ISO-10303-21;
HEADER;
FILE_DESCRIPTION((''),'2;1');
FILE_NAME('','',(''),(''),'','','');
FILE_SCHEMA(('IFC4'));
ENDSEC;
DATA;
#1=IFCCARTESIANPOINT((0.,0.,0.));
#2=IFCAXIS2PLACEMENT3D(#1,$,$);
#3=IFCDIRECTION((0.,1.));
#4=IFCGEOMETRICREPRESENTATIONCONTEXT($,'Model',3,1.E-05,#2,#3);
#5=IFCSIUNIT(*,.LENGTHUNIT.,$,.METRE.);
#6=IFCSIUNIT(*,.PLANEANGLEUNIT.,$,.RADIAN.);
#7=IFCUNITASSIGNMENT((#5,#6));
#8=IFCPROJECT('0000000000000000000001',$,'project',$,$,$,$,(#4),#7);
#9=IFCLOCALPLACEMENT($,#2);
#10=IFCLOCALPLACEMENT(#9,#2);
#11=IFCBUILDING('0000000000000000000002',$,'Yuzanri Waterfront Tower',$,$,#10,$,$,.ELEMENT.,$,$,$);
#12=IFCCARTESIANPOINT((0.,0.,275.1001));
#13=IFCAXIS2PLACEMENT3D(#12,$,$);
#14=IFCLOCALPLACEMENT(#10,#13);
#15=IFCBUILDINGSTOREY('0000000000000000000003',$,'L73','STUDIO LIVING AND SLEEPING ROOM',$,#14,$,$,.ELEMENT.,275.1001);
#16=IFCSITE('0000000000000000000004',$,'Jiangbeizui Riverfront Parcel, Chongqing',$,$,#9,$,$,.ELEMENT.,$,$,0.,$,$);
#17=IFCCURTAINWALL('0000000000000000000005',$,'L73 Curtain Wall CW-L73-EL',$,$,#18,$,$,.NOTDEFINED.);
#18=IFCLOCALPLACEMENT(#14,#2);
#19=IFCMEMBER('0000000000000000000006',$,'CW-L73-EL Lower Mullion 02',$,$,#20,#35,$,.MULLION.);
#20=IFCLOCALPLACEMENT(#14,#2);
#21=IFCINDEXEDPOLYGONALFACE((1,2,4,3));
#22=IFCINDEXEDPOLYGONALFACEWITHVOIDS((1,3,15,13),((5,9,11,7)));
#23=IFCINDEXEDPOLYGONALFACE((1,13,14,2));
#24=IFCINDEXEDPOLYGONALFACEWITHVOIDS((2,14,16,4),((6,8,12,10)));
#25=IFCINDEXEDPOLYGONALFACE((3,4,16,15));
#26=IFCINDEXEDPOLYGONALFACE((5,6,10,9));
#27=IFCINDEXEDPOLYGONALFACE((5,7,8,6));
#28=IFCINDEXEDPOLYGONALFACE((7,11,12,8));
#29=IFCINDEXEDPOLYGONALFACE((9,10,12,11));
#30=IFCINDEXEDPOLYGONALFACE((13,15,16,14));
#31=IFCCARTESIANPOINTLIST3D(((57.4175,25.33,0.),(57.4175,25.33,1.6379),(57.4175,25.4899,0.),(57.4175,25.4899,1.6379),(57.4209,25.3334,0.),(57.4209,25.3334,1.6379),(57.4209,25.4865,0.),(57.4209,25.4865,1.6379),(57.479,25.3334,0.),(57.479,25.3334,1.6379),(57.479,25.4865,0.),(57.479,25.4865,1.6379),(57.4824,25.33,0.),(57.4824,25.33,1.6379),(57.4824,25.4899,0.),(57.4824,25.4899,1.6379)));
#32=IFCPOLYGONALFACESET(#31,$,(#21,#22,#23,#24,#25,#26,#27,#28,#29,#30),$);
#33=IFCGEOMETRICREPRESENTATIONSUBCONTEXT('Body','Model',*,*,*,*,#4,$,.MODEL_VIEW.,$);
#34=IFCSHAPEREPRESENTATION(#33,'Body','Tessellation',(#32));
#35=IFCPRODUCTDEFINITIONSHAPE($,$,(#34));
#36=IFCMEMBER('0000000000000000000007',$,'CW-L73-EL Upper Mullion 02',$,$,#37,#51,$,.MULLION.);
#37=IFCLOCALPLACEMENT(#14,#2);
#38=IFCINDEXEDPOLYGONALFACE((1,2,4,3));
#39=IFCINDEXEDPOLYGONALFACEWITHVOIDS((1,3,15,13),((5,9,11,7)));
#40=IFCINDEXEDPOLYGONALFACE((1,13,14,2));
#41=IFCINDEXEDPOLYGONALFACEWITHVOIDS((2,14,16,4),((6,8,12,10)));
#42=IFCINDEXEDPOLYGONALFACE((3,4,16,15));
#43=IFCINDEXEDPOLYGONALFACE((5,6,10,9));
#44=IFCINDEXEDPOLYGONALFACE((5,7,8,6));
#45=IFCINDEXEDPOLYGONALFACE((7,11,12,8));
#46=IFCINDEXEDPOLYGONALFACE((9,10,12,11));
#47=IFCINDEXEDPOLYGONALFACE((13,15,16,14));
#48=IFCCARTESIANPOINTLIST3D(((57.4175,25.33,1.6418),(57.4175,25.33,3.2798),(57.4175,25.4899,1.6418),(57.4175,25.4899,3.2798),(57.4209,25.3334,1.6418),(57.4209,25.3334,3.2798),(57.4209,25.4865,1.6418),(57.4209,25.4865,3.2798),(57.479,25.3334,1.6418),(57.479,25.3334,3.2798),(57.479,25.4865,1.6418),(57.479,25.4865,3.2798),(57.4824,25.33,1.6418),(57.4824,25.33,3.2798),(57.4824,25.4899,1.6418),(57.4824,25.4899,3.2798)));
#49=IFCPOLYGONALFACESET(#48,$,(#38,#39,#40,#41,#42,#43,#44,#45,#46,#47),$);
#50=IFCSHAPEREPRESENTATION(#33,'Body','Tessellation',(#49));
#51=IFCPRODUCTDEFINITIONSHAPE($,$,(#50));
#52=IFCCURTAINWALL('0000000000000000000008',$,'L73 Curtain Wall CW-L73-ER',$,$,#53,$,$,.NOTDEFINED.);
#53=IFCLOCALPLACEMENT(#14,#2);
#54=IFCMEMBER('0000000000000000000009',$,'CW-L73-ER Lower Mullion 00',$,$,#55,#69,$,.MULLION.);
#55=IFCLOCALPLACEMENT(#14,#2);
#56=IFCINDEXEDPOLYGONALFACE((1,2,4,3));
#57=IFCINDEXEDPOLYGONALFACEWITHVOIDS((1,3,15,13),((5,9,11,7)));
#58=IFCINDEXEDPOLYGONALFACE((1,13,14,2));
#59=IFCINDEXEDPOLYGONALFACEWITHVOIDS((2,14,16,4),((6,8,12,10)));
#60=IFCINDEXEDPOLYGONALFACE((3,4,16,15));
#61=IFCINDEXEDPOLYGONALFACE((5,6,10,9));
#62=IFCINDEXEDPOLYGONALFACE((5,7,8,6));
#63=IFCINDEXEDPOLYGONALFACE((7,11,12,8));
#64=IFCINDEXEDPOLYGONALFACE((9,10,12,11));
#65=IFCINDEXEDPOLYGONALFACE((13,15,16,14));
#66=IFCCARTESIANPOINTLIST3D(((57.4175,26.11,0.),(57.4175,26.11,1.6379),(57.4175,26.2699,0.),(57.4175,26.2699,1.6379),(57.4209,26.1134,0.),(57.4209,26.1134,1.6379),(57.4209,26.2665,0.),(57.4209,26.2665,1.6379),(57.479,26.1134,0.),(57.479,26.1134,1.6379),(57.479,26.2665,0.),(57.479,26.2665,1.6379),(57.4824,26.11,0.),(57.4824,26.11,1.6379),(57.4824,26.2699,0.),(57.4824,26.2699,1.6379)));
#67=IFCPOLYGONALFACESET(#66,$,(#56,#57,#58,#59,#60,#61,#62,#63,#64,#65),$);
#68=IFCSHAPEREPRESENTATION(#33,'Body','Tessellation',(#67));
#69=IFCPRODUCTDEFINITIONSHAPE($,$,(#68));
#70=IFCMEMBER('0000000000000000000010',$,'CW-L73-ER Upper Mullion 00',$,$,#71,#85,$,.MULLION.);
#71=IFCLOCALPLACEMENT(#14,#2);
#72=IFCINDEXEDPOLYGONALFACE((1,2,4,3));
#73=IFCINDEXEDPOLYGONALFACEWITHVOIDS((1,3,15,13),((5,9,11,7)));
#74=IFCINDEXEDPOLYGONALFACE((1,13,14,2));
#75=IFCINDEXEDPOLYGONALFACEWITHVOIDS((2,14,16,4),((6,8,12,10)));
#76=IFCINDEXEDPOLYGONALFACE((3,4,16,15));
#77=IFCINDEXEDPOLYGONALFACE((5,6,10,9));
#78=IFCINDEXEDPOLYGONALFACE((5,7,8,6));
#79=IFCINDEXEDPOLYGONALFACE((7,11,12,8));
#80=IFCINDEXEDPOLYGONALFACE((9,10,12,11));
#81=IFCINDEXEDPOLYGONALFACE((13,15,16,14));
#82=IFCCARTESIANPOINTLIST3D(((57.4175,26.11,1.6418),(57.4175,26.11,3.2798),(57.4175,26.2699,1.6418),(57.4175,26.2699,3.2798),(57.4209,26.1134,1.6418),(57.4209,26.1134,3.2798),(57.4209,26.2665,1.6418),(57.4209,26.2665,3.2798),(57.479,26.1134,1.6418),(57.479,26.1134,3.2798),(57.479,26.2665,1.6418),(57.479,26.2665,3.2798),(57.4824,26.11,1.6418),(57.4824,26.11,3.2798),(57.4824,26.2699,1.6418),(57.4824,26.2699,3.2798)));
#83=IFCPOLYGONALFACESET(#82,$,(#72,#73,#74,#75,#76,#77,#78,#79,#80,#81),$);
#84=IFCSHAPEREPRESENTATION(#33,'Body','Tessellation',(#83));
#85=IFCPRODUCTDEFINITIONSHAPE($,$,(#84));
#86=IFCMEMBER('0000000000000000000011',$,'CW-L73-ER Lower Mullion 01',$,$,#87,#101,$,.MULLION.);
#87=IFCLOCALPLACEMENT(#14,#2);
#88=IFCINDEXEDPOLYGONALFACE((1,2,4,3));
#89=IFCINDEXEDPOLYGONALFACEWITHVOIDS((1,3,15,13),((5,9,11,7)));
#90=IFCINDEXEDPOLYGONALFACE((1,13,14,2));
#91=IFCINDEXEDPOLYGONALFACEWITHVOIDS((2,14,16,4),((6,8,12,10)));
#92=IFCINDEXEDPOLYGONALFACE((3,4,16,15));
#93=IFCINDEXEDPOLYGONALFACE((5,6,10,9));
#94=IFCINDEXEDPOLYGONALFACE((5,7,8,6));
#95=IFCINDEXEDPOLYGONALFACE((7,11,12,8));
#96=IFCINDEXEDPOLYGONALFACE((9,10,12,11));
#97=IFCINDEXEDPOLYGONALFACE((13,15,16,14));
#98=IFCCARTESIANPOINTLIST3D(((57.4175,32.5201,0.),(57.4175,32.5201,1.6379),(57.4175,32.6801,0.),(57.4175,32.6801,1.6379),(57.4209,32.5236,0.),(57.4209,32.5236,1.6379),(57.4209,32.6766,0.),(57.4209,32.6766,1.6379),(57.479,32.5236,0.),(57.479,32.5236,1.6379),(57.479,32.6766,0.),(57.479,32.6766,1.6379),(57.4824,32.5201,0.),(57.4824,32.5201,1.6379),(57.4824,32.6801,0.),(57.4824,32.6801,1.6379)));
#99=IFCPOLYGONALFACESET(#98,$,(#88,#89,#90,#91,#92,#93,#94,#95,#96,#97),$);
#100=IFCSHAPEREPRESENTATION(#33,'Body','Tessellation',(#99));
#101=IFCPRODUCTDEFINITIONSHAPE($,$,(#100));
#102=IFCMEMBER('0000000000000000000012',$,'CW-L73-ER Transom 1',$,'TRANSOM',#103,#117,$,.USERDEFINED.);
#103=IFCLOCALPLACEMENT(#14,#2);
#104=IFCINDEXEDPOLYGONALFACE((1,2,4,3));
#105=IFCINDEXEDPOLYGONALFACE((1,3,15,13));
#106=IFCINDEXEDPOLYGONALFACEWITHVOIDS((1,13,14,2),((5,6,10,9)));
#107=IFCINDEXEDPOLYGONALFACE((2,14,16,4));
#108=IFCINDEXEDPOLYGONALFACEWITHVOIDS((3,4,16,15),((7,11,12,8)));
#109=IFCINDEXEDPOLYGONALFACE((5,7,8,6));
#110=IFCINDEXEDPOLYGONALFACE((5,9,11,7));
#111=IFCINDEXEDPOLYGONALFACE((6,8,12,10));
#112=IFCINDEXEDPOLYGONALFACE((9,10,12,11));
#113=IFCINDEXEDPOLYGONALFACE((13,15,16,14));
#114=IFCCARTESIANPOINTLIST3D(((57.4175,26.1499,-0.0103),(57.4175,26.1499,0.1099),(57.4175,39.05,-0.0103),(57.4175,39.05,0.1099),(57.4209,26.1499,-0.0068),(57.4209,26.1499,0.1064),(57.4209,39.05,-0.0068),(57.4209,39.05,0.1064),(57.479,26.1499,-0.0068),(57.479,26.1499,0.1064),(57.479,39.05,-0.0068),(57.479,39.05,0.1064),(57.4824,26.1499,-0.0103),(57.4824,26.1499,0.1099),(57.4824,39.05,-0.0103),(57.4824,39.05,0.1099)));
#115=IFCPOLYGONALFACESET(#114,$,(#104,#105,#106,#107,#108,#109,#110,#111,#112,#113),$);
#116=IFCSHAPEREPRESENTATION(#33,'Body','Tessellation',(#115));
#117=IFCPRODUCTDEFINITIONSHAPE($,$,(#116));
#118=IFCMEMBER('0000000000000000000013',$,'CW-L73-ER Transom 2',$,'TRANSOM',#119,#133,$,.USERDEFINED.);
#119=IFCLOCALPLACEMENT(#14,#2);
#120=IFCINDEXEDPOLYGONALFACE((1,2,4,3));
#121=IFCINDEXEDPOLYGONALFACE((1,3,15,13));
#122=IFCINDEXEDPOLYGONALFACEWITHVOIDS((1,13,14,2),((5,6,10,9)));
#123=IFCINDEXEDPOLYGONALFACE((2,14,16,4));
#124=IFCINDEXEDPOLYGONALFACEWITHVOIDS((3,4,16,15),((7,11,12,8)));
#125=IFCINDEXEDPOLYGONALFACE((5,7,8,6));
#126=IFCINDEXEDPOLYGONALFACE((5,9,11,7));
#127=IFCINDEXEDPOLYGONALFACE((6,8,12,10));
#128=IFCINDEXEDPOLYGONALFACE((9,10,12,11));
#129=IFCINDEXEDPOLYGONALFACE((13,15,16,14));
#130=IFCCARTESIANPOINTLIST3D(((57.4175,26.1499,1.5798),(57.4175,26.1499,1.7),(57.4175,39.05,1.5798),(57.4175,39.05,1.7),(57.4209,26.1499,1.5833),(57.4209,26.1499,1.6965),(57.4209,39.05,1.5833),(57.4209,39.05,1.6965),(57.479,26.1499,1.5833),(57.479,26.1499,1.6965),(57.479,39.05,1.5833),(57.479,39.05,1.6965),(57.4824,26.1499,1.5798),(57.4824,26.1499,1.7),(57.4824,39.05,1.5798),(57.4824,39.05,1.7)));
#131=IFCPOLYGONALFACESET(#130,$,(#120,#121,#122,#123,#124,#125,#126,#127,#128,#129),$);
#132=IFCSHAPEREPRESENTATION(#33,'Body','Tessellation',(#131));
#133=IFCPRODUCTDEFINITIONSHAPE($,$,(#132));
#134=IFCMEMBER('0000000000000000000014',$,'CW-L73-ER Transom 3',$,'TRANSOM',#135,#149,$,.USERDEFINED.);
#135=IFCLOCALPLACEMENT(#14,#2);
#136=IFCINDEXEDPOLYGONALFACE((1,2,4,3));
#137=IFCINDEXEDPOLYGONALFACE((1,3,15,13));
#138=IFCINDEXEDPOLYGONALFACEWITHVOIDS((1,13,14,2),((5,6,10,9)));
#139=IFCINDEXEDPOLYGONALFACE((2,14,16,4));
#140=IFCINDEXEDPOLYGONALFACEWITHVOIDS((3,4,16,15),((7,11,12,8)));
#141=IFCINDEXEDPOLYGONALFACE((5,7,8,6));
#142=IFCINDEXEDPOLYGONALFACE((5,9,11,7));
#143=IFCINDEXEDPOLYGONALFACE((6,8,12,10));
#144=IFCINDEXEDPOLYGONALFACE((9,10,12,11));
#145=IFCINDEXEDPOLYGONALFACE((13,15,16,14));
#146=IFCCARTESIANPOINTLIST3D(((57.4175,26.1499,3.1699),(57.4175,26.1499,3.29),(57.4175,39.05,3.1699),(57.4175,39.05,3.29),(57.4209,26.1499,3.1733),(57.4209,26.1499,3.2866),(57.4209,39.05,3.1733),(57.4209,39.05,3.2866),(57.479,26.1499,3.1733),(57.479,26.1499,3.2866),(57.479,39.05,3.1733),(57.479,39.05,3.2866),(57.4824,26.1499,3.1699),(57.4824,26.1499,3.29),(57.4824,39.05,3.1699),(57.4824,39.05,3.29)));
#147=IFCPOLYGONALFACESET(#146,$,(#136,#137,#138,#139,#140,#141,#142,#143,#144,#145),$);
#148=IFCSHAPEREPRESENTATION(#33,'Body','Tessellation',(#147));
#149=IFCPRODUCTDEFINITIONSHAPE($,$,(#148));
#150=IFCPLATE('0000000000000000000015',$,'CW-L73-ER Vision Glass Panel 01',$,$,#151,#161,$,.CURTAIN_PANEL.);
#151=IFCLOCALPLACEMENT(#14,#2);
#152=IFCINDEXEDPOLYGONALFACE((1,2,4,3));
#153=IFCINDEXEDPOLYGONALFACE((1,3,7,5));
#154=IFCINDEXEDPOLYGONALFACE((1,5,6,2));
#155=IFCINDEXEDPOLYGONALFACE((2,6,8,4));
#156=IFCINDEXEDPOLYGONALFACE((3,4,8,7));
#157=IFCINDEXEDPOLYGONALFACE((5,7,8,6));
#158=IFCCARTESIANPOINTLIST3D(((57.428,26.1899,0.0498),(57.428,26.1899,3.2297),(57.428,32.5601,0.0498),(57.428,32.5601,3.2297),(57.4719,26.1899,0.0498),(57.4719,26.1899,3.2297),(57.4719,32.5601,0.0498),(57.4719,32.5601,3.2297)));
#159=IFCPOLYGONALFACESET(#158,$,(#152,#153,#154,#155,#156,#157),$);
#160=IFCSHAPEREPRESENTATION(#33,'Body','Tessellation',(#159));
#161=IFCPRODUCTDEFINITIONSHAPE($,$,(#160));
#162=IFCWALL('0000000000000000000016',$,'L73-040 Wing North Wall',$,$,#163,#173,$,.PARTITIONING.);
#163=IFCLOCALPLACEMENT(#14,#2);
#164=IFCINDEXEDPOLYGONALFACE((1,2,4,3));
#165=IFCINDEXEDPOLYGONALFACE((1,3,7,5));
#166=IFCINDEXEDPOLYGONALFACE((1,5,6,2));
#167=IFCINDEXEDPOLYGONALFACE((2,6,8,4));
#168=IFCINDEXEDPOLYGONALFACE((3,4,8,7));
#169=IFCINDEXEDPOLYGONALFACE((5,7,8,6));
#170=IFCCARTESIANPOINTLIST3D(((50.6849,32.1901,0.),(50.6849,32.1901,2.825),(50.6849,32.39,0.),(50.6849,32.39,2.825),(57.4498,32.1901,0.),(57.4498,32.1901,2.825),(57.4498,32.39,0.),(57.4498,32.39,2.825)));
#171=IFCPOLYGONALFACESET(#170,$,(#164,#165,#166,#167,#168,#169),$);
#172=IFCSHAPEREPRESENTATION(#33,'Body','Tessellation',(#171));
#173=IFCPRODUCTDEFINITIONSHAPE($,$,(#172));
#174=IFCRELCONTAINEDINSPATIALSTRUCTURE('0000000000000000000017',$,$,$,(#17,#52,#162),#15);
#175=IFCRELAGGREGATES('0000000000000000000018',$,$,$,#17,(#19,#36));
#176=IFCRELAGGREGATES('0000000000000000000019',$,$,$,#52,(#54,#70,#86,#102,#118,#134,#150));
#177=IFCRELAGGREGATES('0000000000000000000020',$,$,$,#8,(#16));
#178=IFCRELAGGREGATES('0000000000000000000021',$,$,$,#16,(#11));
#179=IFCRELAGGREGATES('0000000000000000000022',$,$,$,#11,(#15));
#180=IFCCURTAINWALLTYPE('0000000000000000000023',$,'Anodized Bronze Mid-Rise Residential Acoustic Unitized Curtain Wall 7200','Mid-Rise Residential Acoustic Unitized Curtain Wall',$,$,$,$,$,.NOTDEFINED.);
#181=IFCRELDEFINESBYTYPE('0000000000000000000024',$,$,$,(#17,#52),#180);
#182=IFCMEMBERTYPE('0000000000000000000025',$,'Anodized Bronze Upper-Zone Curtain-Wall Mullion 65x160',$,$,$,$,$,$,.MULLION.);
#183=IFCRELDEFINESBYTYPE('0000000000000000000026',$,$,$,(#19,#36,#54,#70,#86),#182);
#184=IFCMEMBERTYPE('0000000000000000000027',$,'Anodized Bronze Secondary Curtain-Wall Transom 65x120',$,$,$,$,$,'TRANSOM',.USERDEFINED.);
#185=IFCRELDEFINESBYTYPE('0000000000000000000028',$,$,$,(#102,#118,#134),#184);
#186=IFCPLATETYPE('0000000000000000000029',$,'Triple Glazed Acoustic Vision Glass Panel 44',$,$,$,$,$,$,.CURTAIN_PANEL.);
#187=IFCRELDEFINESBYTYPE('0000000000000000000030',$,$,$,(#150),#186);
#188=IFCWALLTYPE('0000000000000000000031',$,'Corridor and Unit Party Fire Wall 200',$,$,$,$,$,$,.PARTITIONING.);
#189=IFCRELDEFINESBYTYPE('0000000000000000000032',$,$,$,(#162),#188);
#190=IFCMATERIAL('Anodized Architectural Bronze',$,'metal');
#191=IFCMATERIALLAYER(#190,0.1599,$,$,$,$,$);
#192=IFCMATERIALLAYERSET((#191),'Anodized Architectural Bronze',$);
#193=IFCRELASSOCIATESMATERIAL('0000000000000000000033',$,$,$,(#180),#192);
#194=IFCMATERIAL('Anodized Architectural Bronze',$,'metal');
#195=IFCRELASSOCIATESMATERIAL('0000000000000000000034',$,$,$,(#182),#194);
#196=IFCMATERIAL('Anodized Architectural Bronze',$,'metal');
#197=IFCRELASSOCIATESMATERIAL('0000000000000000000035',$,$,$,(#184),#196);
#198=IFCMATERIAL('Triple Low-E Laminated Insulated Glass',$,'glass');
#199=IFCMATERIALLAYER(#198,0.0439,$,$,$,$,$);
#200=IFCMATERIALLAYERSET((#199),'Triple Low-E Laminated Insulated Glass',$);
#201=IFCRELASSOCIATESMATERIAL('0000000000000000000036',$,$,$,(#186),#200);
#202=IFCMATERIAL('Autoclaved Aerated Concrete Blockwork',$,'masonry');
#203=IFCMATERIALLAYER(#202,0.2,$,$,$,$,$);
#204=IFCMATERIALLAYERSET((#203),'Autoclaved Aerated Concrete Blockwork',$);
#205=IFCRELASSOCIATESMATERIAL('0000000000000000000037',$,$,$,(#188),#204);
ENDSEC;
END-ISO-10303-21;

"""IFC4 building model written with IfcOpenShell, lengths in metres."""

from ifc_helpers import new_model, si_unit, direction, frame, frame_2d, origin, origin_2d, place, context, subcontext, project, spatial, rectangle, hollow_rectangle, extrude, source, transform, mapped, material, layer, layer_set, material_profile, profile_set, type_object, element, aggregate, save


model = new_model("IFC4")

# Units and contexts
model_context = context("Model", 3, precision=1e-05, world=origin(), true_north=direction((0.0, 1.0)))
body_context = subcontext(model_context, "Body", "Model", "MODEL_VIEW")
ifc_project = project(units=[si_unit("LENGTHUNIT", "METRE"), si_unit("PLANEANGLEUNIT", "RADIAN")], contexts=[model_context])

# Site, building, storey
site_placement = place(None, origin())
site = spatial("IfcSite", under=ifc_project, at=site_placement, Name="Jiangbeizui Riverfront Parcel, Chongqing", CompositionType="ELEMENT", RefElevation=0.0)
building_placement = place(site_placement, origin())
building = spatial("IfcBuilding", under=site, at=building_placement, Name="Yuzanri Waterfront Tower", CompositionType="ELEMENT")
storey_placement = place(building_placement, frame((0.0, 0.0, 275.1001)))
storey = spatial("IfcBuildingStorey", under=building, at=storey_placement, Name="L73", Description="STUDIO LIVING AND SLEEPING ROOM", CompositionType="ELEMENT", Elevation=275.1001)

# Curtain wall, members
ifc_material_1 = material(Name="Anodized Architectural Bronze", Category="metal")
ifc_layer_1 = layer(ifc_material_1, 0.1599)
ifc_layer_set_1 = layer_set([ifc_layer_1], Name="Anodized Architectural Bronze")
curtain_wall_type = type_object("IfcCurtainWallType", Name="Anodized Bronze Mid-Rise Residential Acoustic Unitized Curtain Wall 7200", Description="Mid-Rise Residential Acoustic Unitized Curtain Wall", PredefinedType="NOTDEFINED", material=ifc_layer_set_1)
curtain_wall_1_placement = place(storey_placement, origin())
curtain_wall_1 = element("IfcCurtainWall", 1, at=curtain_wall_1_placement, inside=storey, type_object=curtain_wall_type, Name="L73 Curtain Wall CW-L73-EL", PredefinedType="NOTDEFINED")
ifc_material_2 = material(Name="Anodized Architectural Bronze", Category="metal")
ifc_material_profile_1 = material_profile(ifc_material_2, hollow_rectangle(XDim=0.0649, YDim=0.1599, WallThickness=0.0034, at=origin_2d()), Name="CWM 65x160")
ifc_profile_set_1 = profile_set([ifc_material_profile_1], Name="Anodized Architectural Bronze")
member_type_1 = type_object("IfcMemberType", Name="Anodized Bronze Upper-Zone Curtain-Wall Mullion 65x160", PredefinedType="MULLION", material=ifc_profile_set_1)
shared_shape_1 = source(origin(), body_context, "Body", "SweptSolid", [
    extrude(hollow_rectangle(XDim=0.0649, YDim=0.1599, WallThickness=0.0034, at=origin_2d()), origin(), (0.0, 0.0, 1.0), 1.6379),
])
member_1_placement = place(storey_placement, frame((57.45, 25.4099, 0.0), z_axis=(0.0, 0.0, 1.0), x_axis=(1.0, 0.0, 0.0)))
member_1 = element("IfcMember", 2, at=member_1_placement, type_object=member_type_1, Name="CW-L73-EL Lower Mullion 02", PredefinedType="MULLION", context=body_context, shape_type="MappedRepresentation", body=[
    mapped(shared_shape_1, transform((0.0, 0.0, 0.0), scale=1.0)),
])
member_2_placement = place(storey_placement, frame((57.45, 25.4099, 1.6418), z_axis=(0.0, 0.0, 1.0), x_axis=(1.0, 0.0, 0.0)))
member_2 = element("IfcMember", 3, at=member_2_placement, type_object=member_type_1, Name="CW-L73-EL Upper Mullion 02", PredefinedType="MULLION", context=body_context, shape_type="MappedRepresentation", body=[
    mapped(shared_shape_1, transform((0.0, 0.0, 0.0), scale=1.0)),
])
aggregate(curtain_wall_1, [member_1, member_2])

# Curtain wall, members, plate
curtain_wall_2_placement = place(storey_placement, origin())
curtain_wall_2 = element("IfcCurtainWall", 4, at=curtain_wall_2_placement, inside=storey, type_object=curtain_wall_type, Name="L73 Curtain Wall CW-L73-ER", PredefinedType="NOTDEFINED")
member_3_placement = place(storey_placement, frame((57.45, 26.1899, 0.0), z_axis=(0.0, 0.0, 1.0), x_axis=(1.0, 0.0, 0.0)))
member_3 = element("IfcMember", 5, at=member_3_placement, type_object=member_type_1, Name="CW-L73-ER Lower Mullion 00", PredefinedType="MULLION", context=body_context, shape_type="MappedRepresentation", body=[
    mapped(shared_shape_1, transform((0.0, 0.0, 0.0), scale=1.0)),
])
member_4_placement = place(storey_placement, frame((57.45, 26.1899, 1.6418), z_axis=(0.0, 0.0, 1.0), x_axis=(1.0, 0.0, 0.0)))
member_4 = element("IfcMember", 6, at=member_4_placement, type_object=member_type_1, Name="CW-L73-ER Upper Mullion 00", PredefinedType="MULLION", context=body_context, shape_type="MappedRepresentation", body=[
    mapped(shared_shape_1, transform((0.0, 0.0, 0.0), scale=1.0)),
])
member_5_placement = place(storey_placement, frame((57.45, 32.6001, 0.0), z_axis=(0.0, 0.0, 1.0), x_axis=(1.0, 0.0, 0.0)))
member_5 = element("IfcMember", 7, at=member_5_placement, type_object=member_type_1, Name="CW-L73-ER Lower Mullion 01", PredefinedType="MULLION", context=body_context, shape_type="MappedRepresentation", body=[
    mapped(shared_shape_1, transform((0.0, 0.0, 0.0), scale=1.0)),
])
ifc_material_3 = material(Name="Anodized Architectural Bronze", Category="metal")
ifc_material_profile_2 = material_profile(ifc_material_3, hollow_rectangle(XDim=0.0649, YDim=0.1201, WallThickness=0.0034, at=origin_2d()), Name="CWT 65x120")
ifc_profile_set_2 = profile_set([ifc_material_profile_2], Name="Anodized Architectural Bronze")
member_type_2 = type_object("IfcMemberType", Name="Anodized Bronze Secondary Curtain-Wall Transom 65x120", ElementType="TRANSOM", PredefinedType="USERDEFINED", material=ifc_profile_set_2)
shared_shape_2 = source(origin(), body_context, "Body", "SweptSolid", [
    extrude(hollow_rectangle(XDim=0.0649, YDim=0.1201, WallThickness=0.0034, at=origin_2d()), origin(), (0.0, 0.0, 1.0), 12.9001),
])
member_6_placement = place(storey_placement, frame((57.45, 26.1499, 0.0498), z_axis=(0.0, 1.0, 0.0), x_axis=(-1.0, 0.0, 0.0)))
member_6 = element("IfcMember", 8, at=member_6_placement, type_object=member_type_2, Name="CW-L73-ER Transom 1", ObjectType="TRANSOM", PredefinedType="USERDEFINED", context=body_context, shape_type="MappedRepresentation", body=[
    mapped(shared_shape_2, transform((0.0, 0.0, 0.0), scale=1.0)),
])
member_7_placement = place(storey_placement, frame((57.45, 26.1499, 1.6399), z_axis=(0.0, 1.0, 0.0), x_axis=(-1.0, 0.0, 0.0)))
member_7 = element("IfcMember", 9, at=member_7_placement, type_object=member_type_2, Name="CW-L73-ER Transom 2", ObjectType="TRANSOM", PredefinedType="USERDEFINED", context=body_context, shape_type="MappedRepresentation", body=[
    mapped(shared_shape_2, transform((0.0, 0.0, 0.0), scale=1.0)),
])
member_8_placement = place(storey_placement, frame((57.45, 26.1499, 3.23), z_axis=(0.0, 1.0, 0.0), x_axis=(-1.0, 0.0, 0.0)))
member_8 = element("IfcMember", 10, at=member_8_placement, type_object=member_type_2, Name="CW-L73-ER Transom 3", ObjectType="TRANSOM", PredefinedType="USERDEFINED", context=body_context, shape_type="MappedRepresentation", body=[
    mapped(shared_shape_2, transform((0.0, 0.0, 0.0), scale=1.0)),
])
ifc_material_4 = material(Name="Triple Low-E Laminated Insulated Glass", Category="glass")
ifc_layer_2 = layer(ifc_material_4, 0.0439)
ifc_layer_set_2 = layer_set([ifc_layer_2], Name="Triple Low-E Laminated Insulated Glass")
plate_type = type_object("IfcPlateType", Name="Triple Glazed Acoustic Vision Glass Panel 44", PredefinedType="CURTAIN_PANEL", material=ifc_layer_set_2)
shared_shape_3 = source(origin(), body_context, "Body", "SweptSolid", [
    extrude(rectangle(XDim=6.3701, YDim=0.0439, at=origin_2d()), origin(), (0.0, 0.0, 1.0), 3.1799),
])
plate_placement = place(storey_placement, frame((57.45, 29.375, 0.0498), z_axis=(0.0, 0.0, 1.0), x_axis=(0.0, 1.0, 0.0)))
plate = element("IfcPlate", 11, at=plate_placement, type_object=plate_type, Name="CW-L73-ER Vision Glass Panel 01", PredefinedType="CURTAIN_PANEL", context=body_context, shape_type="MappedRepresentation", body=[
    mapped(shared_shape_3, transform((0.0, 0.0, 0.0), scale=1.0)),
])
aggregate(curtain_wall_2, [member_3, member_4, member_5, member_6, member_7, member_8, plate])

# Wall
ifc_material_5 = material(Name="Autoclaved Aerated Concrete Blockwork", Category="masonry")
ifc_layer_3 = layer(ifc_material_5, 0.2)
ifc_layer_set_3 = layer_set([ifc_layer_3], Name="Autoclaved Aerated Concrete Blockwork")
wall_type = type_object("IfcWallType", Name="Corridor and Unit Party Fire Wall 200", PredefinedType="PARTITIONING", material=ifc_layer_set_3)
shared_shape_4 = source(origin(), body_context, "Body", "SweptSolid", [
    extrude(rectangle(XDim=6.7649, YDim=0.2, at=frame_2d((3.3823, 0.0))), origin(), (0.0, 0.0, 1.0), 2.825),
])
wall_placement = place(storey_placement, frame((50.6851, 32.29, 0.0), z_axis=(0.0, 0.0, 1.0), x_axis=(1.0, 0.0, 0.0)))
element("IfcWall", 12, at=wall_placement, inside=storey, type_object=wall_type, Name="L73-040 Wing North Wall", PredefinedType="PARTITIONING", context=body_context, shape_type="MappedRepresentation", body=[
    mapped(shared_shape_4, transform((0.0, 0.0, 0.0), scale=1.0)),
])

save(model, "model.ifc")
